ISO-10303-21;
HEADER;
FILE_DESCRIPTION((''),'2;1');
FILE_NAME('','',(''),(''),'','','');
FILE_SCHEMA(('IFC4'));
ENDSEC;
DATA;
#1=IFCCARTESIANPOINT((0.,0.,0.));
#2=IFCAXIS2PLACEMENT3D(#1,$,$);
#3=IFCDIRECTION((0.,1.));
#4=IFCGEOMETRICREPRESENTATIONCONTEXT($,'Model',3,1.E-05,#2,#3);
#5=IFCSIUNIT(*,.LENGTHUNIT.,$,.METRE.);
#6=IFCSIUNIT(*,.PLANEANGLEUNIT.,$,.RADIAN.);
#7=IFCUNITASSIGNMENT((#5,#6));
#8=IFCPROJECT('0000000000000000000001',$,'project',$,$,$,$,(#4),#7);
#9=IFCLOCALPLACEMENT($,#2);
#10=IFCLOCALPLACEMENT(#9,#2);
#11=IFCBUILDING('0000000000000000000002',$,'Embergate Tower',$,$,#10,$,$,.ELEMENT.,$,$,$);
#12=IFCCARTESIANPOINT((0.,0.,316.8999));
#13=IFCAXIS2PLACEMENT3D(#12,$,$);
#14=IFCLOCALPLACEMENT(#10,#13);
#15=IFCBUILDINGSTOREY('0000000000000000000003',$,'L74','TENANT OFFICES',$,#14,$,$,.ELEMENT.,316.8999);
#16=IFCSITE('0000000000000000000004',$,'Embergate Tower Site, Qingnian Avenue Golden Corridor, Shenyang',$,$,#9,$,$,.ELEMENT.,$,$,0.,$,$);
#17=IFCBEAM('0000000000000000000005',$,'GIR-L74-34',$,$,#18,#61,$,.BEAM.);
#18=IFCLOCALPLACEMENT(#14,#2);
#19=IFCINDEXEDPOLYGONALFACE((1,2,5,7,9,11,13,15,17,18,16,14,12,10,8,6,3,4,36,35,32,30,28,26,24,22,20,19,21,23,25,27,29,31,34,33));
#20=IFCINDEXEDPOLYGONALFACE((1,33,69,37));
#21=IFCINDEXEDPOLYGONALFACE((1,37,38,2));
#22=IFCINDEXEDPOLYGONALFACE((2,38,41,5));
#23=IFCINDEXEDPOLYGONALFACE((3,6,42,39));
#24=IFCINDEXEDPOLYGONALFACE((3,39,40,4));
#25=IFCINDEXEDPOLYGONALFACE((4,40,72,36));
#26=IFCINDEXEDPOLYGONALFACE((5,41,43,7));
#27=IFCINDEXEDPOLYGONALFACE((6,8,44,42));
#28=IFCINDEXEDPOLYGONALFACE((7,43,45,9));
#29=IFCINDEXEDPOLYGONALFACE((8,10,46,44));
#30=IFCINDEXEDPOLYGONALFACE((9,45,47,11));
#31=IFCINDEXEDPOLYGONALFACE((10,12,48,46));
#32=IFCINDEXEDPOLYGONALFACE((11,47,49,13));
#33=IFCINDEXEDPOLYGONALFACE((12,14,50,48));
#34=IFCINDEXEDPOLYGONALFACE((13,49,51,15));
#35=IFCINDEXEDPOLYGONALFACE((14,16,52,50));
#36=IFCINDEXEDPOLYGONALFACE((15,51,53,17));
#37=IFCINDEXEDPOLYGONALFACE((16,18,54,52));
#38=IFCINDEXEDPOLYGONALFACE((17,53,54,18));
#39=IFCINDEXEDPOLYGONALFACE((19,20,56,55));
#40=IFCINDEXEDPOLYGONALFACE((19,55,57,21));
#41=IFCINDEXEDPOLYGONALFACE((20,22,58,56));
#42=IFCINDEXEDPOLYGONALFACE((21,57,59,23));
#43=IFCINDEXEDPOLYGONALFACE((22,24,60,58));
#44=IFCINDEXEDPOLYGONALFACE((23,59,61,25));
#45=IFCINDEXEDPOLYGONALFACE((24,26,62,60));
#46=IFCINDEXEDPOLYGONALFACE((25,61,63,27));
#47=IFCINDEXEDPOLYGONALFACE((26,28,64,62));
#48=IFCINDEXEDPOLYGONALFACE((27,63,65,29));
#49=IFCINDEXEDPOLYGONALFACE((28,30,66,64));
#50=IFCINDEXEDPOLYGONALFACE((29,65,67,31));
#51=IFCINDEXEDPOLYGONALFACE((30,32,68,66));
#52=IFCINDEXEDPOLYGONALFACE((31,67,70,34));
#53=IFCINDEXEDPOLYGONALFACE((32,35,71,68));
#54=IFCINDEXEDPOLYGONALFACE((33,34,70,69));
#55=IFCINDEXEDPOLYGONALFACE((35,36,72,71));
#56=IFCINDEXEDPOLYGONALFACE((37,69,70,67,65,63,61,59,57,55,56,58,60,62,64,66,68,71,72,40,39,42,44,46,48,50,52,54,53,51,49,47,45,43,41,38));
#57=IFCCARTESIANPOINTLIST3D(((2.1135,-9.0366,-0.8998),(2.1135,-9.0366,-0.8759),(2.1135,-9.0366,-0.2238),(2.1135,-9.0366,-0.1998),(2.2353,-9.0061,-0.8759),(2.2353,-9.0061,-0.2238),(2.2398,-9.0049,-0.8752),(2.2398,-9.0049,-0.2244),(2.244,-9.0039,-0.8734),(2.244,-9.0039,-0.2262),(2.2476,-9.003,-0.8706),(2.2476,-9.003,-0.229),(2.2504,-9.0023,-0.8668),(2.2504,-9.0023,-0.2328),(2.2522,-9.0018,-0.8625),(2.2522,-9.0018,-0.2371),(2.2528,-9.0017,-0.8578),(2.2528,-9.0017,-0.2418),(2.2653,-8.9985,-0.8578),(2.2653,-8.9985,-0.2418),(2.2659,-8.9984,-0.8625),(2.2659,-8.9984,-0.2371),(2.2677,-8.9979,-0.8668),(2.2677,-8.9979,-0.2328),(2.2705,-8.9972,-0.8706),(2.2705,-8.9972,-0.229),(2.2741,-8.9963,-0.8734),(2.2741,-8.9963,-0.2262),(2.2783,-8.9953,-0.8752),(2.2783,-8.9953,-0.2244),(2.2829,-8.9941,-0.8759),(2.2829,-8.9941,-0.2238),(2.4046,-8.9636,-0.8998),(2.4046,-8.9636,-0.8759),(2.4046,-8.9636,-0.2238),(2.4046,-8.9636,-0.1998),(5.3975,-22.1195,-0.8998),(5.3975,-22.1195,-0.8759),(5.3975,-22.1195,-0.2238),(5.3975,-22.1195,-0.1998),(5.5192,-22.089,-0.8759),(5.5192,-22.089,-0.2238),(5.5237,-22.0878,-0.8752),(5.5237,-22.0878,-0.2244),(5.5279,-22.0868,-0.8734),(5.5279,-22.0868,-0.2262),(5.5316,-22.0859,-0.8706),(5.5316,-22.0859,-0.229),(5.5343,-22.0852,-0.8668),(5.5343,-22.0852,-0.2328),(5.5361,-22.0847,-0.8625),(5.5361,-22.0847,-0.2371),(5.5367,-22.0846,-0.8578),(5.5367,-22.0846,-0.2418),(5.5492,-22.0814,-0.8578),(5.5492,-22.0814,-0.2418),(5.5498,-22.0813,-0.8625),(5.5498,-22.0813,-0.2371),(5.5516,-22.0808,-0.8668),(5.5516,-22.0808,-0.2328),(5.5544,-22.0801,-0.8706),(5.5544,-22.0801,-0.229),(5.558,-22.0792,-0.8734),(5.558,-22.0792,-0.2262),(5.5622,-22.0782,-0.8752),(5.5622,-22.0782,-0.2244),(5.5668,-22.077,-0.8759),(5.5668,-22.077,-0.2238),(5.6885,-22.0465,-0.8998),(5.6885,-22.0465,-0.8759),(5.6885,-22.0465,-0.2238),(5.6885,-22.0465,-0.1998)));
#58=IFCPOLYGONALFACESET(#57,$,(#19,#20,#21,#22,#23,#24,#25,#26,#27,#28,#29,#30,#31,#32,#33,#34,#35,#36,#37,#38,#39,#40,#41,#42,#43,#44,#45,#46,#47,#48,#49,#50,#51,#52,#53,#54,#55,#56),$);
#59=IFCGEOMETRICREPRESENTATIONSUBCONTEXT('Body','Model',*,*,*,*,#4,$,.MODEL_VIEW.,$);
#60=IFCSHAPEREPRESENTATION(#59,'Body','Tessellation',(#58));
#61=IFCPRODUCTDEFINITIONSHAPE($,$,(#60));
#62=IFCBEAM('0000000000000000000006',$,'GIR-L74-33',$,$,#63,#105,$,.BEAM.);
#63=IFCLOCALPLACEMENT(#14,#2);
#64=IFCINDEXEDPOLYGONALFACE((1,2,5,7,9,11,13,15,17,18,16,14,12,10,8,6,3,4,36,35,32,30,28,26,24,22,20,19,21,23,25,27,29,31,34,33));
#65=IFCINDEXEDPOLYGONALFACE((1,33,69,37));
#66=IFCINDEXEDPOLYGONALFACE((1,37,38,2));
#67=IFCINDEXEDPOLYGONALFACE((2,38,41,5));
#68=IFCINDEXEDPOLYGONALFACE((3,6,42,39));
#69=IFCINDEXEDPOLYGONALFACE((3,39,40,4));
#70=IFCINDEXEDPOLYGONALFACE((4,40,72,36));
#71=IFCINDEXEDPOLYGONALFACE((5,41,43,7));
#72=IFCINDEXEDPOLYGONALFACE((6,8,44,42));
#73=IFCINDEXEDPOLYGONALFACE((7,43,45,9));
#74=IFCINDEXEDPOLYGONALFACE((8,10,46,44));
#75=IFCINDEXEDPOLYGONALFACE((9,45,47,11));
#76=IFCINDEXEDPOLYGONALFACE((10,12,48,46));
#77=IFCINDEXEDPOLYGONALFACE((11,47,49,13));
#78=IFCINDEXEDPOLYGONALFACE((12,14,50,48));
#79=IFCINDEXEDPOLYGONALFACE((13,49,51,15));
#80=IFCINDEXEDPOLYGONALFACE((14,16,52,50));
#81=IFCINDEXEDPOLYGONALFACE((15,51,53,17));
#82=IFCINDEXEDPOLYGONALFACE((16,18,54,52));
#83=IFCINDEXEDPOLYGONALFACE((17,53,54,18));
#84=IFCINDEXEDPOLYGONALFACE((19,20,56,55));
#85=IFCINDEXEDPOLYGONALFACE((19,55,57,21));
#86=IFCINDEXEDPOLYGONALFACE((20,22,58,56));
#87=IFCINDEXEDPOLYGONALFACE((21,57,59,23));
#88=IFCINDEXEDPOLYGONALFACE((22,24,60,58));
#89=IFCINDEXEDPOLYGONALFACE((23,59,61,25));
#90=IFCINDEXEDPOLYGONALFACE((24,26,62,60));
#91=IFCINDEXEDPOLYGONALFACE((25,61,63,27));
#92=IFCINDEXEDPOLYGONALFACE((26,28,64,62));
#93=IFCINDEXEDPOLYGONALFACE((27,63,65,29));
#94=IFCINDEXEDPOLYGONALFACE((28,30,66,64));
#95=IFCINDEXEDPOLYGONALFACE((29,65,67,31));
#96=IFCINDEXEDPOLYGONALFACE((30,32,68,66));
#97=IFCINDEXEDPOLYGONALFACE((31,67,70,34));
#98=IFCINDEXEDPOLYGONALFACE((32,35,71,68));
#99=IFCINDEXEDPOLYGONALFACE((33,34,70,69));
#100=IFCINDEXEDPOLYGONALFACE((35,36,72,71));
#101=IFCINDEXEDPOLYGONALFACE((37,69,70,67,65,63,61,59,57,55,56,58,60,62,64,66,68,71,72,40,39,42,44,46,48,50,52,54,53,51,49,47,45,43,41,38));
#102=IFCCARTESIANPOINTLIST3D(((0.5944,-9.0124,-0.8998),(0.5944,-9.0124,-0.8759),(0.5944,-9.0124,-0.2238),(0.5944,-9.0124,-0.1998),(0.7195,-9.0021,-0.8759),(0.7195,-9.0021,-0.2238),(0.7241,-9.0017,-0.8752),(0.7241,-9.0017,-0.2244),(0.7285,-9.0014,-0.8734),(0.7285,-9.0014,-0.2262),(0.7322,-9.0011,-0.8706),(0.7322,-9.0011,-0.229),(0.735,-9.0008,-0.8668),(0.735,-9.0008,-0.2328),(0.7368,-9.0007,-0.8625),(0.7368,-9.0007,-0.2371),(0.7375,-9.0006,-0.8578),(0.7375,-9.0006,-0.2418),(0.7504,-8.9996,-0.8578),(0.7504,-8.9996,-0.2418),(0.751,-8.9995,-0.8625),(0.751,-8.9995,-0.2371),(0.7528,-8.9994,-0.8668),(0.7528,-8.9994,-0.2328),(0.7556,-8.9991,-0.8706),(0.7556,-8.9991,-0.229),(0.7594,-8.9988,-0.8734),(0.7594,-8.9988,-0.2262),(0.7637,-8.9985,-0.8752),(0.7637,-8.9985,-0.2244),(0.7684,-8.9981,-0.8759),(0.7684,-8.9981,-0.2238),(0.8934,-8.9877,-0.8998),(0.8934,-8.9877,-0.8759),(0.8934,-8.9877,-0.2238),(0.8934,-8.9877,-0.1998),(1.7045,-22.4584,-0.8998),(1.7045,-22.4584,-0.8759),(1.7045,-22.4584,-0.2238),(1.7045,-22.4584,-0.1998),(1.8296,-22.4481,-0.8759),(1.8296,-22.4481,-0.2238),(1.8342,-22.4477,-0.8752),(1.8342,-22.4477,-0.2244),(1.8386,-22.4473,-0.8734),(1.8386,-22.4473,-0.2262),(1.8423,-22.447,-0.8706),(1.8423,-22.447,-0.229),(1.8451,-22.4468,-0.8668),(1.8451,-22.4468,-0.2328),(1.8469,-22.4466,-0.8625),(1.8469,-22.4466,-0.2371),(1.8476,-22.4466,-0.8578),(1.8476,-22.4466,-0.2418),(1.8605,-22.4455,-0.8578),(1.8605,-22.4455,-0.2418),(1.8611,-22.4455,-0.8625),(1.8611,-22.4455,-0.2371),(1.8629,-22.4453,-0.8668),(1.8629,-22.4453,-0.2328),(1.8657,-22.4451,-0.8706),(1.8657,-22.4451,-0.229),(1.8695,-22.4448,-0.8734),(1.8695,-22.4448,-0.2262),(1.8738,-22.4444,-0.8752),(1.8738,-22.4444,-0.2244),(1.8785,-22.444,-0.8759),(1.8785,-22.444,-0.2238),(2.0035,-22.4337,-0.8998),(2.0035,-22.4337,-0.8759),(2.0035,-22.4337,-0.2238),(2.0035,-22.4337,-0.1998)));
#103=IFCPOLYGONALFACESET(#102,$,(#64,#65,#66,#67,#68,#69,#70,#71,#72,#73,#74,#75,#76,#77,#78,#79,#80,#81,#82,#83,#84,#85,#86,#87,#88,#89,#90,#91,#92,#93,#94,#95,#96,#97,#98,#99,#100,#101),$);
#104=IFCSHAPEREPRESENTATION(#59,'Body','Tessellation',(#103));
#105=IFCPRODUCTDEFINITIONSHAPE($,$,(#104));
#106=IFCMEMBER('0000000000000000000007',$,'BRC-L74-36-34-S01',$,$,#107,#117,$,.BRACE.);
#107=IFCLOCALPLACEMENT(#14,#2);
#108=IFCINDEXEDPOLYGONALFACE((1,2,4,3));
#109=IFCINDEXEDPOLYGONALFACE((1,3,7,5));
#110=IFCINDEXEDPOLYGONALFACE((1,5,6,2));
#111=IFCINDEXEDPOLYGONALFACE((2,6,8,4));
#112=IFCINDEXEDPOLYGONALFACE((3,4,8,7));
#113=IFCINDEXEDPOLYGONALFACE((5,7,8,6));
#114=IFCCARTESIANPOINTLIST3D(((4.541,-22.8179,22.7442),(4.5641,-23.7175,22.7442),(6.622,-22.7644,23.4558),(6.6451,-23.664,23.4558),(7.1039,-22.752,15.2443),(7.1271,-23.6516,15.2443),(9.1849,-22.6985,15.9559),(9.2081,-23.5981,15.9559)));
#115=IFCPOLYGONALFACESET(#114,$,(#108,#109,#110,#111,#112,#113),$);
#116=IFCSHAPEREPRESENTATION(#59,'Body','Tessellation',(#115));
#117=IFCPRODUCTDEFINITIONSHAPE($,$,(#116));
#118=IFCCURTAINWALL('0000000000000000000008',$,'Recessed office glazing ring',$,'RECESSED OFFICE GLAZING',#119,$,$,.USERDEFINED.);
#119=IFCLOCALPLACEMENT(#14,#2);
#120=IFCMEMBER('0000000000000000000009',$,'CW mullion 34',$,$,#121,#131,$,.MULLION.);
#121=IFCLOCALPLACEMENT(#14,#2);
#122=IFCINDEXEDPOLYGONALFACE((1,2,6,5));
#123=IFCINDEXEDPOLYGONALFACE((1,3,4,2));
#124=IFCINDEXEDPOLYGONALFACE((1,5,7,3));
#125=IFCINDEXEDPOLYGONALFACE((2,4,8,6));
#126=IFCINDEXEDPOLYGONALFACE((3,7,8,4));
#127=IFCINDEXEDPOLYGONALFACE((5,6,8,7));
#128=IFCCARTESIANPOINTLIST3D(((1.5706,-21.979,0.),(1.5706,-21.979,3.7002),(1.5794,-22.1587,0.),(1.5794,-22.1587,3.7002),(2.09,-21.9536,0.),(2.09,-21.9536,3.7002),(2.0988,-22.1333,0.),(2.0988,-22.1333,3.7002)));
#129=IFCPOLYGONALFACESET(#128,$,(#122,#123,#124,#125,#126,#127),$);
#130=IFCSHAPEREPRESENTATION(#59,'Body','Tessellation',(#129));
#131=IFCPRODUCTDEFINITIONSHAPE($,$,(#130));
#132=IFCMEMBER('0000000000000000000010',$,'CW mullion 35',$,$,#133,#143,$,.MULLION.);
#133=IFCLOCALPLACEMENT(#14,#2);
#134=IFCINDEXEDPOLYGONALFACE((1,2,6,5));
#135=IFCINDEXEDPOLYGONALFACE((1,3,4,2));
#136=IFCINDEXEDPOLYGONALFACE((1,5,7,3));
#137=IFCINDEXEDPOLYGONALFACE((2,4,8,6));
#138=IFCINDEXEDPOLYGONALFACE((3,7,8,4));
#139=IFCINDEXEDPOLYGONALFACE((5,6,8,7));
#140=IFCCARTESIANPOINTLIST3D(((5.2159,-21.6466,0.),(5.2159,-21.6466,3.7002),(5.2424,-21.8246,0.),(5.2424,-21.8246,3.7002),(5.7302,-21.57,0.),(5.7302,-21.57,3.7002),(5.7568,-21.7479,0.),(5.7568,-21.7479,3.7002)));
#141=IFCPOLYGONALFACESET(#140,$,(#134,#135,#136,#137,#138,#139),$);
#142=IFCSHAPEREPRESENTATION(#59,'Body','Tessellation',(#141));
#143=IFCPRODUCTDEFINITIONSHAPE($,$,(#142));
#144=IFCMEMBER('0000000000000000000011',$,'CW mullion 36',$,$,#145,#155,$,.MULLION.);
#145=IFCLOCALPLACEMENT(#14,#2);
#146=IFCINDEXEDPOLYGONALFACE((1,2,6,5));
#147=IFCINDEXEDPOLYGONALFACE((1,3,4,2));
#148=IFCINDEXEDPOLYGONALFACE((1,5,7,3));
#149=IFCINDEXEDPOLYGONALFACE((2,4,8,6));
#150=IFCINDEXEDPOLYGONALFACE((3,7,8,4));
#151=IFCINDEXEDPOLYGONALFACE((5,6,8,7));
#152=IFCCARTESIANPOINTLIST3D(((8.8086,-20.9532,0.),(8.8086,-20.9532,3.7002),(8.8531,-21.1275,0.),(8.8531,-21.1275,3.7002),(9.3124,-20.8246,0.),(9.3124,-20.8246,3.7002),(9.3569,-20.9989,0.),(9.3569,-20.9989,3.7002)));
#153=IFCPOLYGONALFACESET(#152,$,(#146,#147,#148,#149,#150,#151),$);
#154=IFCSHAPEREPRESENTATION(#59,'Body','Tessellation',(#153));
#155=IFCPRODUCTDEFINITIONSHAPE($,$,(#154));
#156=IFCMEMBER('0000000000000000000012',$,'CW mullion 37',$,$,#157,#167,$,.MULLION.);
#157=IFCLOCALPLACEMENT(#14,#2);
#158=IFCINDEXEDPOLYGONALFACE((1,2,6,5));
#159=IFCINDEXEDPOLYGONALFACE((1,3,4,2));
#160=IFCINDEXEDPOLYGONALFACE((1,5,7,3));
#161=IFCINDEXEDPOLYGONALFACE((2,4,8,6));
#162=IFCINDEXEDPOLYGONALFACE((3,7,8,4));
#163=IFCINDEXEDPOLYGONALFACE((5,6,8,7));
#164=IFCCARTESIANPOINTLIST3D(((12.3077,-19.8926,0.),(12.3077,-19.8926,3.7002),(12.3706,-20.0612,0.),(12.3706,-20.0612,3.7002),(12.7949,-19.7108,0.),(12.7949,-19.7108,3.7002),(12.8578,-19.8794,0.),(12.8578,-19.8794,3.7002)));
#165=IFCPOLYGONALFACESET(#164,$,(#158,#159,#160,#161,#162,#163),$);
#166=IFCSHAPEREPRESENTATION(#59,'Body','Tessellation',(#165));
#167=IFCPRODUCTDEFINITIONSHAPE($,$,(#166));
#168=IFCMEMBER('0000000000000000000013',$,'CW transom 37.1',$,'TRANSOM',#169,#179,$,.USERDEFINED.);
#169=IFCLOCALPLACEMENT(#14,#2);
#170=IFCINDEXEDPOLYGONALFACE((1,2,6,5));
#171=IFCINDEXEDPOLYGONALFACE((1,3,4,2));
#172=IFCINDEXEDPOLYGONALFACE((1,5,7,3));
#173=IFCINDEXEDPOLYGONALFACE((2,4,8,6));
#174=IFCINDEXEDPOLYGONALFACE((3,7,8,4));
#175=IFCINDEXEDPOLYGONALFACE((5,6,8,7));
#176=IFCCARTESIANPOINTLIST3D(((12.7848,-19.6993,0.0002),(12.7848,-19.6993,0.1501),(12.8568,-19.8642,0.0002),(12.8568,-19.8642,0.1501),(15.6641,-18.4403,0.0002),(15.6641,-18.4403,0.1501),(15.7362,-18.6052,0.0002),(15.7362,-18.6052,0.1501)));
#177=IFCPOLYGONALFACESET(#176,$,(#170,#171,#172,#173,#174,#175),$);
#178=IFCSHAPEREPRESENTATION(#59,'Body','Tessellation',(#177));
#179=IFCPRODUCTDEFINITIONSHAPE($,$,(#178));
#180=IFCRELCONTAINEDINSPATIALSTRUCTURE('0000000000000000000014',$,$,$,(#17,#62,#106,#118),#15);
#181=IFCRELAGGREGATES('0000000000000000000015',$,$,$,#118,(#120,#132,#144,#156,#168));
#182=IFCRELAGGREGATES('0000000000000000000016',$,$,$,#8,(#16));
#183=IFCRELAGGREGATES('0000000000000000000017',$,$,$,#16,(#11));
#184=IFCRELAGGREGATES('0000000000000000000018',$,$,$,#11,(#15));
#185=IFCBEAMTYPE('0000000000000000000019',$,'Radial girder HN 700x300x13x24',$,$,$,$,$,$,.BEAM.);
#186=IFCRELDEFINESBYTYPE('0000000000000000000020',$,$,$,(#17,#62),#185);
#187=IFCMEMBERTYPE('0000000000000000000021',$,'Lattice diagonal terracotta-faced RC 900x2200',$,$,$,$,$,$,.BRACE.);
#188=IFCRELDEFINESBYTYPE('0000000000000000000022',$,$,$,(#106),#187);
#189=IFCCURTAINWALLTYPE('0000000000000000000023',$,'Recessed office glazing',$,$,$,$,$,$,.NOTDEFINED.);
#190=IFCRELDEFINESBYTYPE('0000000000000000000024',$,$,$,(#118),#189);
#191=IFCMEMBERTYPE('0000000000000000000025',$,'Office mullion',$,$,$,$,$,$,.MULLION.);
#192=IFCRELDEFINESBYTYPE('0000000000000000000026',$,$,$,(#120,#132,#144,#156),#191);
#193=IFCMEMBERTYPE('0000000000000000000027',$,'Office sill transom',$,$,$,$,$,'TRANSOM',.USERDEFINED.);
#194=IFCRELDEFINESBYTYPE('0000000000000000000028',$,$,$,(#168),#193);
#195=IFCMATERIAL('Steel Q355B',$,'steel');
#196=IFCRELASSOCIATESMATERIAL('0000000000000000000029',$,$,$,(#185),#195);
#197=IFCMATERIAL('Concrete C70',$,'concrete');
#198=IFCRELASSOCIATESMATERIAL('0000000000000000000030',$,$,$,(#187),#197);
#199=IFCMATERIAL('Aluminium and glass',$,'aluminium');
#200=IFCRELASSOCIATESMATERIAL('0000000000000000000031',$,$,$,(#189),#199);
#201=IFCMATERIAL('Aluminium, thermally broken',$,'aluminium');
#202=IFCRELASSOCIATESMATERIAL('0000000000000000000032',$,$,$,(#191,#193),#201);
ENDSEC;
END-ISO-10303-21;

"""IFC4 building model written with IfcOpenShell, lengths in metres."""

from ifc_helpers import new_model, si_unit, direction, frame, origin, origin_2d, place, context, subcontext, project, spatial, rectangle, i_section, extrude, source, transform, mapped, material, material_profile, profile_set, type_object, element, aggregate, save


model = new_model("IFC4")

# Units and contexts
model_context = context("Model", 3, precision=1e-05, world=origin(), true_north=direction((0.0, 1.0)))
body_context = subcontext(model_context, "Body", "Model", "MODEL_VIEW")
ifc_project = project(units=[si_unit("LENGTHUNIT", "METRE"), si_unit("PLANEANGLEUNIT", "RADIAN")], contexts=[model_context])

# Site, building, storey
site_placement = place(None, origin())
site = spatial("IfcSite", under=ifc_project, at=site_placement, Name="Embergate Tower Site, Qingnian Avenue Golden Corridor, Shenyang", CompositionType="ELEMENT", RefElevation=0.0)
building_placement = place(site_placement, origin())
building = spatial("IfcBuilding", under=site, at=building_placement, Name="Embergate Tower", CompositionType="ELEMENT")
storey_placement = place(building_placement, frame((0.0, 0.0, 316.8999)))
storey = spatial("IfcBuildingStorey", under=building, at=storey_placement, Name="L74", Description="TENANT OFFICES", CompositionType="ELEMENT", Elevation=316.8999)

# Beams
ifc_material_1 = material(Name="Steel Q355B", Category="steel")
ifc_material_profile_1 = material_profile(ifc_material_1, i_section(OverallWidth=0.3, OverallDepth=0.7, WebThickness=0.0129, FlangeThickness=0.0239, FilletRadius=0.0181, at=origin_2d()), Name="HN 700x300x13x24")
ifc_profile_set_1 = profile_set([ifc_material_profile_1], Name="Steel Q355 grade B")
beam_type_1 = type_object("IfcBeamType", Name="Radial girder HN 700x300x13x24", PredefinedType="BEAM", material=ifc_profile_set_1)
shared_shape_1 = source(origin(), body_context, "Body", "SweptSolid", [
    extrude(i_section(OverallWidth=0.3, OverallDepth=0.7, WebThickness=0.0129, FlangeThickness=0.0239, FilletRadius=0.0181, at=origin_2d()), origin(), (0.0, 0.0, 1.0), 13.4888),
])
beam_1_placement = place(storey_placement, frame((5.543, -22.083, -0.5498), z_axis=(-0.243455, 0.969912, 0.0), x_axis=(-0.969912, -0.243455, 0.0)))
element("IfcBeam", 1, at=beam_1_placement, inside=storey, type_object=beam_type_1, Name="GIR-L74-34", PredefinedType="BEAM", context=body_context, shape_type="MappedRepresentation", body=[
    mapped(shared_shape_1, transform((0.0, 0.0, 0.0))),
])
shared_shape_2 = source(origin(), body_context, "Body", "SweptSolid", [
    extrude(i_section(OverallWidth=0.3, OverallDepth=0.7, WebThickness=0.0129, FlangeThickness=0.0239, FilletRadius=0.0181, at=origin_2d()), origin(), (0.0, 0.0, 1.0), 13.4917),
])
beam_2_placement = place(storey_placement, frame((1.854, -22.446, -0.5498), z_axis=(-0.08228, 0.996609, 0.0), x_axis=(-0.996609, -0.08228, 0.0)))
element("IfcBeam", 2, at=beam_2_placement, inside=storey, type_object=beam_type_1, Name="GIR-L74-33", PredefinedType="BEAM", context=body_context, shape_type="MappedRepresentation", body=[
    mapped(shared_shape_2, transform((0.0, 0.0, 0.0))),
])

# Member
ifc_material_2 = material(Name="Concrete C70", Category="concrete")
ifc_material_profile_2 = material_profile(ifc_material_2, rectangle(XDim=0.8999, YDim=2.2, at=origin_2d()), Name="RC 900x2200")
ifc_profile_set_2 = profile_set([ifc_material_profile_2], Name="Concrete C70")
member_type_1 = type_object("IfcMemberType", Name="Lattice diagonal terracotta-faced RC 900x2200", PredefinedType="BRACE", material=ifc_profile_set_2)
shared_shape_3 = source(origin(), body_context, "Body", "SweptSolid", [
    extrude(rectangle(XDim=0.8999, YDim=2.2, at=origin_2d()), origin(), (0.0, 0.0, 1.0), 7.926),
])
member_1_placement = place(storey_placement, frame((8.156, -23.175, 15.6001), z_axis=(-0.32336, -0.008317, 0.946239), x_axis=(0.025711, -0.999669, 0.0)))
element("IfcMember", 3, at=member_1_placement, inside=storey, type_object=member_type_1, Name="BRC-L74-36-34-S01", PredefinedType="BRACE", context=body_context, shape_type="MappedRepresentation", body=[
    mapped(shared_shape_3, transform((0.0, 0.0, 0.0))),
])

# Curtain wall, members
ifc_material_3 = material(Name="Aluminium and glass", Category="aluminium")
curtain_wall_type = type_object("IfcCurtainWallType", Name="Recessed office glazing", PredefinedType="NOTDEFINED", material=ifc_material_3)
curtain_wall_placement = place(storey_placement, origin())
curtain_wall = element("IfcCurtainWall", 4, at=curtain_wall_placement, inside=storey, type_object=curtain_wall_type, Name="Recessed office glazing ring", ObjectType="RECESSED OFFICE GLAZING", PredefinedType="USERDEFINED")
ifc_material_4 = material(Name="Aluminium, thermally broken", Category="aluminium")
ifc_material_profile_3 = material_profile(ifc_material_4, rectangle(XDim=0.1799, YDim=0.52, at=origin_2d()), Name="AL 520x180")
ifc_profile_set_3 = profile_set([ifc_material_profile_3], Name="Aluminium, thermally broken")
member_type_2 = type_object("IfcMemberType", Name="Office mullion", PredefinedType="MULLION", material=ifc_profile_set_3)
shared_shape_4 = source(origin(), body_context, "Body", "SweptSolid", [
    extrude(rectangle(XDim=0.1799, YDim=0.52, at=origin_2d()), origin(), (0.0, 0.0, 1.0), 3.7002),
])
member_2_placement = place(storey_placement, frame((1.8347, -22.0562, 0.0), z_axis=(0.0, 0.0, 1.0), x_axis=(-0.048972, 0.9988, 0.0)))
member_2 = element("IfcMember", 5, at=member_2_placement, type_object=member_type_2, Name="CW mullion 34", PredefinedType="MULLION", context=body_context, shape_type="MappedRepresentation", body=[
    mapped(shared_shape_4, transform((0.0, 0.0, 0.0))),
])
member_3_placement = place(storey_placement, frame((5.4863, -21.6973, 0.0), z_axis=(0.0, 0.0, 1.0), x_axis=(-0.147411, 0.989075, 0.0)))
member_3 = element("IfcMember", 6, at=member_3_placement, type_object=member_type_2, Name="CW mullion 35", PredefinedType="MULLION", context=body_context, shape_type="MappedRepresentation", body=[
    mapped(shared_shape_4, transform((0.0, 0.0, 0.0))),
])
member_4_placement = place(storey_placement, frame((9.0828, -20.9761, 0.0), z_axis=(0.0, 0.0, 1.0), x_axis=(-0.24731, 0.968936, 0.0)))
member_4 = element("IfcMember", 7, at=member_4_placement, type_object=member_type_2, Name="CW mullion 36", PredefinedType="MULLION", context=body_context, shape_type="MappedRepresentation", body=[
    mapped(shared_shape_4, transform((0.0, 0.0, 0.0))),
])
member_5_placement = place(storey_placement, frame((12.5828, -19.886, 0.0), z_axis=(0.0, 0.0, 1.0), x_axis=(-0.349501, 0.936936, 0.0)))
member_5 = element("IfcMember", 8, at=member_5_placement, type_object=member_type_2, Name="CW mullion 37", PredefinedType="MULLION", context=body_context, shape_type="MappedRepresentation", body=[
    mapped(shared_shape_4, transform((0.0, 0.0, 0.0))),
])
ifc_material_profile_4 = material_profile(ifc_material_4, rectangle(XDim=0.1799, YDim=0.1499, at=origin_2d()), Name="AL 150x180")
ifc_profile_set_4 = profile_set([ifc_material_profile_4], Name="Aluminium, thermally broken")
member_type_3 = type_object("IfcMemberType", Name="Office sill transom", ElementType="TRANSOM", PredefinedType="USERDEFINED", material=ifc_profile_set_4)
shared_shape_5 = source(origin(), body_context, "Body", "SweptSolid", [
    extrude(rectangle(XDim=0.1799, YDim=0.1499, at=origin_2d()), origin(), (0.0, 0.0, 1.0), 3.1426),
])
member_6_placement = place(storey_placement, frame((12.8208, -19.7817, 0.0752), z_axis=(0.916239, 0.400631, 0.0), x_axis=(-0.400631, 0.916239, 0.0)))
member_6 = element("IfcMember", 9, at=member_6_placement, type_object=member_type_3, Name="CW transom 37.1", ObjectType="TRANSOM", PredefinedType="USERDEFINED", context=body_context, shape_type="MappedRepresentation", body=[
    mapped(shared_shape_5, transform((0.0, 0.0, 0.0))),
])
aggregate(curtain_wall, [member_2, member_3, member_4, member_5, member_6])

save(model, "model.ifc")
